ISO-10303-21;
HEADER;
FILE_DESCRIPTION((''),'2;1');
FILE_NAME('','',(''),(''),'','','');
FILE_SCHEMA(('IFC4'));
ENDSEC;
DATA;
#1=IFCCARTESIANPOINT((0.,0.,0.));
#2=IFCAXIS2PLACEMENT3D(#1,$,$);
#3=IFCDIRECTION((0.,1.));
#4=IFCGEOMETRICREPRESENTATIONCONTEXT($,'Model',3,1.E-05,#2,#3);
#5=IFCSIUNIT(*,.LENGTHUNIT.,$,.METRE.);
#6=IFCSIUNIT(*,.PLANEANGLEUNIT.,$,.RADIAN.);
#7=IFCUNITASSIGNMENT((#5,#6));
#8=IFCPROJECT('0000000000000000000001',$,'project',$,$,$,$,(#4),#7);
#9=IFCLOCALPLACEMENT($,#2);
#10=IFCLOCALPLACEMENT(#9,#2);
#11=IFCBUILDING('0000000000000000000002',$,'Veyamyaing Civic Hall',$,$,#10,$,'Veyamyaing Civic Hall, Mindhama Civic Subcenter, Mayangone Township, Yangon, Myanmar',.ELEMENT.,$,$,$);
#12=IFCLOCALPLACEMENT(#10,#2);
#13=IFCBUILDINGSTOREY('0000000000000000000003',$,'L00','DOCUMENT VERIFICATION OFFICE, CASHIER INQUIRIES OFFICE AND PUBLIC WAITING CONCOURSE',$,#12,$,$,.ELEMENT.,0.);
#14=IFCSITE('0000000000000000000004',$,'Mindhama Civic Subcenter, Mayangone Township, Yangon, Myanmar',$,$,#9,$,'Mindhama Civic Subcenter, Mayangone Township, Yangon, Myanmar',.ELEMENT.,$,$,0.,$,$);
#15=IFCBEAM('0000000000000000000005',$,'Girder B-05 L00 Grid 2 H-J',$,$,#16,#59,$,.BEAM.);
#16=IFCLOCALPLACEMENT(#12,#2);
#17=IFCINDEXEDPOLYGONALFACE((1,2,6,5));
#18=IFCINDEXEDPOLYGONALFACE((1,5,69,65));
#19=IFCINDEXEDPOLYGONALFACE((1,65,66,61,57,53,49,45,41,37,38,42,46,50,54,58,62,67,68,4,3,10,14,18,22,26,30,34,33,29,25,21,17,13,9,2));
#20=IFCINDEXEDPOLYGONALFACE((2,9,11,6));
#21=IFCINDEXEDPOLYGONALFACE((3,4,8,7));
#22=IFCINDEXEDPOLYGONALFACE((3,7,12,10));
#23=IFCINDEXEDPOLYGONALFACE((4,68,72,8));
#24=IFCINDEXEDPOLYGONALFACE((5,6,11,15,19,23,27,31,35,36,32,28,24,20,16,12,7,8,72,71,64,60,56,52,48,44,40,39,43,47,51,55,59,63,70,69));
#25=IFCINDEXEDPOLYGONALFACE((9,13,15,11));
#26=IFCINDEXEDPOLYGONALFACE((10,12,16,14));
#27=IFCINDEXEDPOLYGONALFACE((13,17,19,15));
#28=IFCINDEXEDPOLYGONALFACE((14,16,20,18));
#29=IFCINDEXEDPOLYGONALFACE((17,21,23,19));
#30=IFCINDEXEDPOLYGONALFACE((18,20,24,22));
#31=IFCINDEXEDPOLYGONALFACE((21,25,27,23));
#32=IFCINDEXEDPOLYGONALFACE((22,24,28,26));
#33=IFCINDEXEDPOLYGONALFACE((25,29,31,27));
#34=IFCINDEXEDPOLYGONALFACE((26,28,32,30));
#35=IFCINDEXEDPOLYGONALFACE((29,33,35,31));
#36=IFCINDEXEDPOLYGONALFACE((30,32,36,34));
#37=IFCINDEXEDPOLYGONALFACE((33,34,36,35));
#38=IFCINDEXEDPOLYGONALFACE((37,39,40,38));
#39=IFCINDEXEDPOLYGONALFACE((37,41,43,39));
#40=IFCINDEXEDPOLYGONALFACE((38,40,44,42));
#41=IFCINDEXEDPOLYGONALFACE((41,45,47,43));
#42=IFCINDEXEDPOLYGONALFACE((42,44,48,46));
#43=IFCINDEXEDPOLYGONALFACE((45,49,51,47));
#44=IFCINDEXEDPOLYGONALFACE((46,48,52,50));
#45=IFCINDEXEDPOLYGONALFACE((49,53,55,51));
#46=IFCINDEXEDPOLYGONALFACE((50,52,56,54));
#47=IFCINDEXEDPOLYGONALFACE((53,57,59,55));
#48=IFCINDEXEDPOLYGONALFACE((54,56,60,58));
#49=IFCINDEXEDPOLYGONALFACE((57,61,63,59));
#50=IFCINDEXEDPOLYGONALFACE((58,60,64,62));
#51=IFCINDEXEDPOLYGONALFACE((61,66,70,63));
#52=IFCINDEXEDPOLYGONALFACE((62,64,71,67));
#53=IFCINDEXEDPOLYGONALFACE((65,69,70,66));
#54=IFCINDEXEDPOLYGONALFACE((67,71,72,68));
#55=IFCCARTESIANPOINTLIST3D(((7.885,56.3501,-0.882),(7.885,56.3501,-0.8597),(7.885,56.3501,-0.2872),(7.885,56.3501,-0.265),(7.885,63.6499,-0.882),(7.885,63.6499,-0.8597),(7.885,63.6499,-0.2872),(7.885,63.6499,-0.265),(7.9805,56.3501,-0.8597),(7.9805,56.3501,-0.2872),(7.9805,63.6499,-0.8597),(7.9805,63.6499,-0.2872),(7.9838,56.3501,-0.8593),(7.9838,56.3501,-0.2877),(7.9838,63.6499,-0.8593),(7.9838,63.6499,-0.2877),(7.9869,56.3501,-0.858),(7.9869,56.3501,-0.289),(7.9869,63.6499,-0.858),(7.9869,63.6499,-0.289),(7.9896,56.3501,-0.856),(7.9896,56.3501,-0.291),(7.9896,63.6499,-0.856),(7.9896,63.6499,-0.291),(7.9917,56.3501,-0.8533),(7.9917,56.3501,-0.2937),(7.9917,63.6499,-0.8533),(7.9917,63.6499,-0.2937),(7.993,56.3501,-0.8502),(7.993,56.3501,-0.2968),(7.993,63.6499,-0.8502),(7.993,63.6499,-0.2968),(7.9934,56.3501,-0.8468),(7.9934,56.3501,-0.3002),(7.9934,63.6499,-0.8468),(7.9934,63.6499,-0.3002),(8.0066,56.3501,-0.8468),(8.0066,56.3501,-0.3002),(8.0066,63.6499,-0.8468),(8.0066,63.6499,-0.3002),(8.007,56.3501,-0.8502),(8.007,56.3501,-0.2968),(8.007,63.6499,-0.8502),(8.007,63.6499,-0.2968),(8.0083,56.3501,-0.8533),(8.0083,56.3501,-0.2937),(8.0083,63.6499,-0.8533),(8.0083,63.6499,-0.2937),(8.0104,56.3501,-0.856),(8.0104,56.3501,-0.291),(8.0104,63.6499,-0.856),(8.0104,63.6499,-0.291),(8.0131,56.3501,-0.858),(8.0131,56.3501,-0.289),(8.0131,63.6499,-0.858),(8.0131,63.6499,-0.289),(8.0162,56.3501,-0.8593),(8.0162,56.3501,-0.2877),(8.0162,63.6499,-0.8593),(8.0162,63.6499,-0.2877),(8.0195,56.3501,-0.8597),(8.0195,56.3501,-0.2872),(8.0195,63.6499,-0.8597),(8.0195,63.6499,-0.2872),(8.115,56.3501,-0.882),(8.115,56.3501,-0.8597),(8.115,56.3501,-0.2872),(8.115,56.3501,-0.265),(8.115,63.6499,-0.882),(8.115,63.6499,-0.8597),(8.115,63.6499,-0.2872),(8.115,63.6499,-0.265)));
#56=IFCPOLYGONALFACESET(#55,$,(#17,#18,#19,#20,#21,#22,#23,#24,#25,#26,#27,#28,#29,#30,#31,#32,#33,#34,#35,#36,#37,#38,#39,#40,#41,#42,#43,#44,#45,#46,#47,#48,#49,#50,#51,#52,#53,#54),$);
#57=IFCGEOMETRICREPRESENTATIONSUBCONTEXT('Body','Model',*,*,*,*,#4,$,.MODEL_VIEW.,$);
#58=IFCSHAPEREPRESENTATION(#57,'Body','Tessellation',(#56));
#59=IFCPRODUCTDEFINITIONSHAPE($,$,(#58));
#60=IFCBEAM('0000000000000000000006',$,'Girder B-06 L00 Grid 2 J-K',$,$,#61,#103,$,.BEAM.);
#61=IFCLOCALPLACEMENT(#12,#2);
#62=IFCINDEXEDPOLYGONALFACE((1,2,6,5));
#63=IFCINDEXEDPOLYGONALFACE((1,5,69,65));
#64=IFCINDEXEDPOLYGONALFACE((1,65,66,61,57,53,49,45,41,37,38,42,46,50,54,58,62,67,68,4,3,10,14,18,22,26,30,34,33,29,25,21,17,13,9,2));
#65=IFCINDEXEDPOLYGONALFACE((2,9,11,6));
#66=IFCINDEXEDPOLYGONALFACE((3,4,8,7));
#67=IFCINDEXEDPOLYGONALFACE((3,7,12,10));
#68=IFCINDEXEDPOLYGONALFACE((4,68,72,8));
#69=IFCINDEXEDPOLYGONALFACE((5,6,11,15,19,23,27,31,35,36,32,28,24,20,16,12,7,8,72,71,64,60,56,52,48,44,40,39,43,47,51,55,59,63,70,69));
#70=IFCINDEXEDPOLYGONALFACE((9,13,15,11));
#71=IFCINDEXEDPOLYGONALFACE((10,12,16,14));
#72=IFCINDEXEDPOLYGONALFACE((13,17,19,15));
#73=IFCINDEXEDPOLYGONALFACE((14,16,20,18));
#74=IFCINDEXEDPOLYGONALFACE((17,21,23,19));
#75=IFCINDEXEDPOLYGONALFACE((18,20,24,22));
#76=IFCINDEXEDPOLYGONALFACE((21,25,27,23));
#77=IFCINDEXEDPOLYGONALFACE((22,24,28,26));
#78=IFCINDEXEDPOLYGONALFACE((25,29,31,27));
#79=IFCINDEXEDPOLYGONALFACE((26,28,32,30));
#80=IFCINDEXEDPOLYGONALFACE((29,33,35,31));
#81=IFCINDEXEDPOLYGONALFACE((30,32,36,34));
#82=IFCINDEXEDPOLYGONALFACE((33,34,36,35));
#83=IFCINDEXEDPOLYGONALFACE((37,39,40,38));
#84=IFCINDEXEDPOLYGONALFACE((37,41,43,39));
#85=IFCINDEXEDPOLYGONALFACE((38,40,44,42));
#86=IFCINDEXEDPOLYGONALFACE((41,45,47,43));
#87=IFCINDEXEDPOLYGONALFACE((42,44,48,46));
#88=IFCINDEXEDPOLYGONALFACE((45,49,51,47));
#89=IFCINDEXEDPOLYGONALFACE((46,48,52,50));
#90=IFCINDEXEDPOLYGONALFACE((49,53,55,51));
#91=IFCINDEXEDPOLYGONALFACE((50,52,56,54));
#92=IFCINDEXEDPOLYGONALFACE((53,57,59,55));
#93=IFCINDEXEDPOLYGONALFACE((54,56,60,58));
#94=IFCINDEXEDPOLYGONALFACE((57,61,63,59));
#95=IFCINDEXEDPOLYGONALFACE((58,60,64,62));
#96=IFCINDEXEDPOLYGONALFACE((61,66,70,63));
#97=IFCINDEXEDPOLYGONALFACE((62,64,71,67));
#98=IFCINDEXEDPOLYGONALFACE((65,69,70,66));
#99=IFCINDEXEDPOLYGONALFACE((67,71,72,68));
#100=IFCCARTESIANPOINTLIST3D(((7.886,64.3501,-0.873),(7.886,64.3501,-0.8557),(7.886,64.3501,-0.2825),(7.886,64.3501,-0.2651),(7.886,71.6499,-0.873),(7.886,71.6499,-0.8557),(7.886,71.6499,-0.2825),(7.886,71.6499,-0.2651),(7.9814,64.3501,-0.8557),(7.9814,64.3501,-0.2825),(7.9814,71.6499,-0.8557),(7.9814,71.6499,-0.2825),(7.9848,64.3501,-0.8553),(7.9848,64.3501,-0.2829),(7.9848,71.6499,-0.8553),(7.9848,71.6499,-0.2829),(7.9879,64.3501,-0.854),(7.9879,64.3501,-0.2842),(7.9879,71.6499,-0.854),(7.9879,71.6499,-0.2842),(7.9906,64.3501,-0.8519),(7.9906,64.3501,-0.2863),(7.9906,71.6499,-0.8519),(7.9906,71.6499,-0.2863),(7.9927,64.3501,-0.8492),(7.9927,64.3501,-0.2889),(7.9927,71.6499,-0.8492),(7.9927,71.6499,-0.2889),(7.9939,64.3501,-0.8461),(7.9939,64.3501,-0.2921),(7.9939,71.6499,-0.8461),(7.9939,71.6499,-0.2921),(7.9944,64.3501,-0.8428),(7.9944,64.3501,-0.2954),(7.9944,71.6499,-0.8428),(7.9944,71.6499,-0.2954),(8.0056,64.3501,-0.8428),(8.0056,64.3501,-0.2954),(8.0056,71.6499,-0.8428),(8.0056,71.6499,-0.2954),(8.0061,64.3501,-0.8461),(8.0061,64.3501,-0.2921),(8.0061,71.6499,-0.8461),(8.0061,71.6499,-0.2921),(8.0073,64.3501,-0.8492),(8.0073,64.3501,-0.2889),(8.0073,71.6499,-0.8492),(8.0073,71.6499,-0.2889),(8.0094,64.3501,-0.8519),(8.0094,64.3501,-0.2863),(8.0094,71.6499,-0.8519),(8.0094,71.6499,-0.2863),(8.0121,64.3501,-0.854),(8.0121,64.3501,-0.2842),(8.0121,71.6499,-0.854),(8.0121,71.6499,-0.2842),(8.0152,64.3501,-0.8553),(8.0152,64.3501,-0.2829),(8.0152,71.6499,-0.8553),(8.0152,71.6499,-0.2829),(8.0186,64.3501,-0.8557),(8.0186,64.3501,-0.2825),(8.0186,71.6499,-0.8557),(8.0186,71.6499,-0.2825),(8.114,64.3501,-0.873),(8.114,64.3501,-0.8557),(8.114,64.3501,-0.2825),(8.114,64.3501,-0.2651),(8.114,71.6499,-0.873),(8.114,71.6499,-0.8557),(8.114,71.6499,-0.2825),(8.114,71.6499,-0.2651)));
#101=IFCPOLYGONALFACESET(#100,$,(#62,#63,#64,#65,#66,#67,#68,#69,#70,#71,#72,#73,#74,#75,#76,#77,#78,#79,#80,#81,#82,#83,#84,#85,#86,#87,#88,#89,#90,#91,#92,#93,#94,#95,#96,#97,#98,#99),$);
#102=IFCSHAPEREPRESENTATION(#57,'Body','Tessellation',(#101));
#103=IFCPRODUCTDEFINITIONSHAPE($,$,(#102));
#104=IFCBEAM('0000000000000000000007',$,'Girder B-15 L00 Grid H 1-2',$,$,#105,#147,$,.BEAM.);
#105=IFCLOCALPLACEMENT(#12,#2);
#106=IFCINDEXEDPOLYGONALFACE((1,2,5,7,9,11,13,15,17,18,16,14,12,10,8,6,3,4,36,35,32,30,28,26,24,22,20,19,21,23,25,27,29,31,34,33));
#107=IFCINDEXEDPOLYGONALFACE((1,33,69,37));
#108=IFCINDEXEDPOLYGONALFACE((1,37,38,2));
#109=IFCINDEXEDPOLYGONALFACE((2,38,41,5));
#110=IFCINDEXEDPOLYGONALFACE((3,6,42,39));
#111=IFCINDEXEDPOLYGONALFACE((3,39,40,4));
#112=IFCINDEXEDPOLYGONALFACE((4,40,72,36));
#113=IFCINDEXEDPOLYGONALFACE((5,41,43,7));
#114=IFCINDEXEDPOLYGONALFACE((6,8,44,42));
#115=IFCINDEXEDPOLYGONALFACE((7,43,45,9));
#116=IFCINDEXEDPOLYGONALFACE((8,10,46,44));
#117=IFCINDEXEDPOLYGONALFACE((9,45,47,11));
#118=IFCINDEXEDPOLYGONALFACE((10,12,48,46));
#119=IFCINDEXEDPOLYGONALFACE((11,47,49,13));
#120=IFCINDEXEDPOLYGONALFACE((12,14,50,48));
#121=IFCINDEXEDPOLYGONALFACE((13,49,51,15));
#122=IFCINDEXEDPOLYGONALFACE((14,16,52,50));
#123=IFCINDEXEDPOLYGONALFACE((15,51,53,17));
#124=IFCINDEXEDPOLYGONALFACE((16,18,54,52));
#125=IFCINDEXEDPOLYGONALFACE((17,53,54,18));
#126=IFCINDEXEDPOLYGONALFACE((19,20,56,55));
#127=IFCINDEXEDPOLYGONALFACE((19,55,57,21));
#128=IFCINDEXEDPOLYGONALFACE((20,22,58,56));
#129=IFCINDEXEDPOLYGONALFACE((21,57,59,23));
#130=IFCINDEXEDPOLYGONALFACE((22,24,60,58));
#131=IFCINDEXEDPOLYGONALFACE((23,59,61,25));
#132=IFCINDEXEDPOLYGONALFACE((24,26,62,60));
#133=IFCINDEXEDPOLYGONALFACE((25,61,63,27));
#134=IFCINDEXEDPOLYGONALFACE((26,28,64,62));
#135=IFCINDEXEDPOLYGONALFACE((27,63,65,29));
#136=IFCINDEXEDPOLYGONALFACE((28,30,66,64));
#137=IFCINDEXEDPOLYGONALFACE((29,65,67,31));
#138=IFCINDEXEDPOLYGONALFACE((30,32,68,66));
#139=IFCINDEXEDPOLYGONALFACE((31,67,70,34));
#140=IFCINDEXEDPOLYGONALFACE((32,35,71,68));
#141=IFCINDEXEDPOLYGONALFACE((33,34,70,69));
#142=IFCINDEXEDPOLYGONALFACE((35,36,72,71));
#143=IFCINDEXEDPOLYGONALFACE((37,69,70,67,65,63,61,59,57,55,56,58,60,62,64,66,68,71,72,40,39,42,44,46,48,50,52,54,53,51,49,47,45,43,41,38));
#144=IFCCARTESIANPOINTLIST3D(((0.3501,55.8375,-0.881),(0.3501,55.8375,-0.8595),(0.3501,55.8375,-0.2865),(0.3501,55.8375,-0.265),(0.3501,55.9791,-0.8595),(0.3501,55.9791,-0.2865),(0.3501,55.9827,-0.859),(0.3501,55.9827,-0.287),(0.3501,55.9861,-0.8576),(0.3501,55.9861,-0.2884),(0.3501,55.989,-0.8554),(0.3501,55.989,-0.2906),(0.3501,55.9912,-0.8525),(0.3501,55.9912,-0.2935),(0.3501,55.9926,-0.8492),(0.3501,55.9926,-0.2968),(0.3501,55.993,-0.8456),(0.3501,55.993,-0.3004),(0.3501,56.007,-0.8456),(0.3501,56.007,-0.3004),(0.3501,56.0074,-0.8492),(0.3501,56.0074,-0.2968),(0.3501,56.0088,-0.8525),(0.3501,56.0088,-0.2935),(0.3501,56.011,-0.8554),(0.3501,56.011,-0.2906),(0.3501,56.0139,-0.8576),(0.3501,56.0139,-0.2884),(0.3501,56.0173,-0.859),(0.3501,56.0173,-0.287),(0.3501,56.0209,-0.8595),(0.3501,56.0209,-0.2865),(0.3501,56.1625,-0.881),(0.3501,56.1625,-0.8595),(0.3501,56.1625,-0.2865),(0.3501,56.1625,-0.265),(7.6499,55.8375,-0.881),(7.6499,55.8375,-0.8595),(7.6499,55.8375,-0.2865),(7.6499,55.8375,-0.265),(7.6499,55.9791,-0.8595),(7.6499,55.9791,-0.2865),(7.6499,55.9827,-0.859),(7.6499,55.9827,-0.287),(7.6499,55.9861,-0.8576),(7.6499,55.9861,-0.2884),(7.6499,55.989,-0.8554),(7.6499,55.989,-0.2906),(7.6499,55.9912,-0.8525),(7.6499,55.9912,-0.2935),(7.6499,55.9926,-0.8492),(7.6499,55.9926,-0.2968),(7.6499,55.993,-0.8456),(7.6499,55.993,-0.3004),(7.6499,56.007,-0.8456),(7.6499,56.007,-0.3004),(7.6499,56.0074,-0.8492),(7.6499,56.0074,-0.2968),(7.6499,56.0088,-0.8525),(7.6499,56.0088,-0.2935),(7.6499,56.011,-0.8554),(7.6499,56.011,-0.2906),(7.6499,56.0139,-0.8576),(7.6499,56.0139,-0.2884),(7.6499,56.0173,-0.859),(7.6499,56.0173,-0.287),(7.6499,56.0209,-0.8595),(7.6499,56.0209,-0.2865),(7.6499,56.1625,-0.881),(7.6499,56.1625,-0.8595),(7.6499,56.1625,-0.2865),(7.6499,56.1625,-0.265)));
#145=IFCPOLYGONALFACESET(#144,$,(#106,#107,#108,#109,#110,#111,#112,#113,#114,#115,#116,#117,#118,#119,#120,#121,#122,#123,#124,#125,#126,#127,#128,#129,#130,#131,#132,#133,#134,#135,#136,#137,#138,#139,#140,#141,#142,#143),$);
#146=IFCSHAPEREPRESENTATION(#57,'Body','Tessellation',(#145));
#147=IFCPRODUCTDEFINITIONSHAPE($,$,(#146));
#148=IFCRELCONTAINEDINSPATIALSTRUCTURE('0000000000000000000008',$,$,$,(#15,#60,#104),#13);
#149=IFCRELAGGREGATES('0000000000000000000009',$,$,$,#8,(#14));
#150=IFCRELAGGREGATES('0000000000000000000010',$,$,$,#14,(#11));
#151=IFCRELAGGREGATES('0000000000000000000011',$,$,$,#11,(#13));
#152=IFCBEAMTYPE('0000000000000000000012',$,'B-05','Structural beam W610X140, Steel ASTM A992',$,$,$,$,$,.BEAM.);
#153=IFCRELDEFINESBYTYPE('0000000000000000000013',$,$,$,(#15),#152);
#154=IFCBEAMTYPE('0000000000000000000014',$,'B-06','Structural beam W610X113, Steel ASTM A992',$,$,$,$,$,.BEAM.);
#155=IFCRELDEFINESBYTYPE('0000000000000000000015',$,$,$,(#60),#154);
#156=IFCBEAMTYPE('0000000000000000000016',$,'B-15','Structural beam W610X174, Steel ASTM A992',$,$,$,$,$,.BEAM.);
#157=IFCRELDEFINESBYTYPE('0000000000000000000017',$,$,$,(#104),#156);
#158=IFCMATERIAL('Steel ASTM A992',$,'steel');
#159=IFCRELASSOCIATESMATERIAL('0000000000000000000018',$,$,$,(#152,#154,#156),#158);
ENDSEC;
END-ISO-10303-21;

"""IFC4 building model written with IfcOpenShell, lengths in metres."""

from ifc_helpers import new_model, si_unit, direction, frame, origin, origin_2d, place, context, subcontext, project, spatial, i_section, extrude, material, material_profile, profile_set, type_object, element, save


model = new_model("IFC4")

# Units and contexts
model_context = context("Model", 3, precision=1e-05, world=origin(), true_north=direction((0.0, 1.0)))
body_context = subcontext(model_context, "Body", "Model", "MODEL_VIEW")
ifc_project = project(units=[si_unit("LENGTHUNIT", "METRE"), si_unit("PLANEANGLEUNIT", "RADIAN")], contexts=[model_context])

# Site, building, storey
site_placement = place(None, origin())
site = spatial("IfcSite", under=ifc_project, at=site_placement, Name="Mindhama Civic Subcenter, Mayangone Township, Yangon, Myanmar", LongName="Mindhama Civic Subcenter, Mayangone Township, Yangon, Myanmar", CompositionType="ELEMENT", RefElevation=0.0)
building_placement = place(site_placement, origin())
building = spatial("IfcBuilding", under=site, at=building_placement, Name="Veyamyaing Civic Hall", LongName="Veyamyaing Civic Hall, Mindhama Civic Subcenter, Mayangone Township, Yangon, Myanmar", CompositionType="ELEMENT")
storey_placement = place(building_placement, origin())
storey = spatial("IfcBuildingStorey", under=building, at=storey_placement, Name="L00", Description="DOCUMENT VERIFICATION OFFICE, CASHIER INQUIRIES OFFICE AND PUBLIC WAITING CONCOURSE", CompositionType="ELEMENT", Elevation=0.0)

# Beams
ifc_material_1 = material(Name="Steel ASTM A992", Category="steel")
ifc_material_profile_1 = material_profile(ifc_material_1, i_section(OverallWidth=0.23, OverallDepth=0.6169, WebThickness=0.0132, FlangeThickness=0.0222, FilletRadius=0.0129, at=origin_2d()), Name="W610X140")
ifc_profile_set_1 = profile_set([ifc_material_profile_1], Name="Steel ASTM A992")
beam_type_1 = type_object("IfcBeamType", Name="B-05", Description="Structural beam W610X140, Steel ASTM A992", PredefinedType="BEAM", material=ifc_profile_set_1)
for number, where, z_axis, x_axis, name in (
    (1, (8.0, 56.3501, -0.5735), (0.0, 1.0, 0.0), (-1.0, 0.0, 0.0), "Girder B-05 L00 Grid 2 H-J"),
):
    element("IfcBeam", number, at=place(storey_placement, frame(where, z_axis=z_axis, x_axis=x_axis)), inside=storey, type_object=beam_type_1, Name=name, PredefinedType="BEAM", context=body_context, shape_type="SweptSolid", body=[
        extrude(i_section(OverallWidth=0.23, OverallDepth=0.6169, WebThickness=0.0132, FlangeThickness=0.0222, FilletRadius=0.0129, at=origin_2d()), origin(), (0.0, 0.0, 1.0), 7.2998),
    ])
ifc_material_profile_2 = material_profile(ifc_material_1, i_section(OverallWidth=0.228, OverallDepth=0.6079, WebThickness=0.0112, FlangeThickness=0.0173, FilletRadius=0.0129, at=origin_2d()), Name="W610X113")
ifc_profile_set_2 = profile_set([ifc_material_profile_2], Name="Steel ASTM A992")
beam_type_2 = type_object("IfcBeamType", Name="B-06", Description="Structural beam W610X113, Steel ASTM A992", PredefinedType="BEAM", material=ifc_profile_set_2)
beam_1_placement = place(storey_placement, frame((8.0, 64.3501, -0.5691), z_axis=(0.0, 1.0, 0.0), x_axis=(-1.0, 0.0, 0.0)))
element("IfcBeam", 2, at=beam_1_placement, inside=storey, type_object=beam_type_2, Name="Girder B-06 L00 Grid 2 J-K", PredefinedType="BEAM", context=body_context, shape_type="SweptSolid", body=[
    extrude(i_section(OverallWidth=0.228, OverallDepth=0.6079, WebThickness=0.0112, FlangeThickness=0.0173, FilletRadius=0.0129, at=origin_2d()), origin(), (0.0, 0.0, 1.0), 7.2998),
])
ifc_material_profile_3 = material_profile(ifc_material_1, i_section(OverallWidth=0.325, OverallDepth=0.616, WebThickness=0.0139, FlangeThickness=0.0215, FilletRadius=0.0139, at=origin_2d()), Name="W610X174")
ifc_profile_set_3 = profile_set([ifc_material_profile_3], Name="Steel ASTM A992")
beam_type_3 = type_object("IfcBeamType", Name="B-15", Description="Structural beam W610X174, Steel ASTM A992", PredefinedType="BEAM", material=ifc_profile_set_3)
beam_2_placement = place(storey_placement, frame((0.3501, 56.0, -0.573), z_axis=(1.0, 0.0, 0.0), x_axis=(0.0, 1.0, 0.0)))
element("IfcBeam", 3, at=beam_2_placement, inside=storey, type_object=beam_type_3, Name="Girder B-15 L00 Grid H 1-2", PredefinedType="BEAM", context=body_context, shape_type="SweptSolid", body=[
    extrude(i_section(OverallWidth=0.325, OverallDepth=0.616, WebThickness=0.0139, FlangeThickness=0.0215, FilletRadius=0.0139, at=origin_2d()), origin(), (0.0, 0.0, 1.0), 7.2998),
])

save(model, "model.ifc")
